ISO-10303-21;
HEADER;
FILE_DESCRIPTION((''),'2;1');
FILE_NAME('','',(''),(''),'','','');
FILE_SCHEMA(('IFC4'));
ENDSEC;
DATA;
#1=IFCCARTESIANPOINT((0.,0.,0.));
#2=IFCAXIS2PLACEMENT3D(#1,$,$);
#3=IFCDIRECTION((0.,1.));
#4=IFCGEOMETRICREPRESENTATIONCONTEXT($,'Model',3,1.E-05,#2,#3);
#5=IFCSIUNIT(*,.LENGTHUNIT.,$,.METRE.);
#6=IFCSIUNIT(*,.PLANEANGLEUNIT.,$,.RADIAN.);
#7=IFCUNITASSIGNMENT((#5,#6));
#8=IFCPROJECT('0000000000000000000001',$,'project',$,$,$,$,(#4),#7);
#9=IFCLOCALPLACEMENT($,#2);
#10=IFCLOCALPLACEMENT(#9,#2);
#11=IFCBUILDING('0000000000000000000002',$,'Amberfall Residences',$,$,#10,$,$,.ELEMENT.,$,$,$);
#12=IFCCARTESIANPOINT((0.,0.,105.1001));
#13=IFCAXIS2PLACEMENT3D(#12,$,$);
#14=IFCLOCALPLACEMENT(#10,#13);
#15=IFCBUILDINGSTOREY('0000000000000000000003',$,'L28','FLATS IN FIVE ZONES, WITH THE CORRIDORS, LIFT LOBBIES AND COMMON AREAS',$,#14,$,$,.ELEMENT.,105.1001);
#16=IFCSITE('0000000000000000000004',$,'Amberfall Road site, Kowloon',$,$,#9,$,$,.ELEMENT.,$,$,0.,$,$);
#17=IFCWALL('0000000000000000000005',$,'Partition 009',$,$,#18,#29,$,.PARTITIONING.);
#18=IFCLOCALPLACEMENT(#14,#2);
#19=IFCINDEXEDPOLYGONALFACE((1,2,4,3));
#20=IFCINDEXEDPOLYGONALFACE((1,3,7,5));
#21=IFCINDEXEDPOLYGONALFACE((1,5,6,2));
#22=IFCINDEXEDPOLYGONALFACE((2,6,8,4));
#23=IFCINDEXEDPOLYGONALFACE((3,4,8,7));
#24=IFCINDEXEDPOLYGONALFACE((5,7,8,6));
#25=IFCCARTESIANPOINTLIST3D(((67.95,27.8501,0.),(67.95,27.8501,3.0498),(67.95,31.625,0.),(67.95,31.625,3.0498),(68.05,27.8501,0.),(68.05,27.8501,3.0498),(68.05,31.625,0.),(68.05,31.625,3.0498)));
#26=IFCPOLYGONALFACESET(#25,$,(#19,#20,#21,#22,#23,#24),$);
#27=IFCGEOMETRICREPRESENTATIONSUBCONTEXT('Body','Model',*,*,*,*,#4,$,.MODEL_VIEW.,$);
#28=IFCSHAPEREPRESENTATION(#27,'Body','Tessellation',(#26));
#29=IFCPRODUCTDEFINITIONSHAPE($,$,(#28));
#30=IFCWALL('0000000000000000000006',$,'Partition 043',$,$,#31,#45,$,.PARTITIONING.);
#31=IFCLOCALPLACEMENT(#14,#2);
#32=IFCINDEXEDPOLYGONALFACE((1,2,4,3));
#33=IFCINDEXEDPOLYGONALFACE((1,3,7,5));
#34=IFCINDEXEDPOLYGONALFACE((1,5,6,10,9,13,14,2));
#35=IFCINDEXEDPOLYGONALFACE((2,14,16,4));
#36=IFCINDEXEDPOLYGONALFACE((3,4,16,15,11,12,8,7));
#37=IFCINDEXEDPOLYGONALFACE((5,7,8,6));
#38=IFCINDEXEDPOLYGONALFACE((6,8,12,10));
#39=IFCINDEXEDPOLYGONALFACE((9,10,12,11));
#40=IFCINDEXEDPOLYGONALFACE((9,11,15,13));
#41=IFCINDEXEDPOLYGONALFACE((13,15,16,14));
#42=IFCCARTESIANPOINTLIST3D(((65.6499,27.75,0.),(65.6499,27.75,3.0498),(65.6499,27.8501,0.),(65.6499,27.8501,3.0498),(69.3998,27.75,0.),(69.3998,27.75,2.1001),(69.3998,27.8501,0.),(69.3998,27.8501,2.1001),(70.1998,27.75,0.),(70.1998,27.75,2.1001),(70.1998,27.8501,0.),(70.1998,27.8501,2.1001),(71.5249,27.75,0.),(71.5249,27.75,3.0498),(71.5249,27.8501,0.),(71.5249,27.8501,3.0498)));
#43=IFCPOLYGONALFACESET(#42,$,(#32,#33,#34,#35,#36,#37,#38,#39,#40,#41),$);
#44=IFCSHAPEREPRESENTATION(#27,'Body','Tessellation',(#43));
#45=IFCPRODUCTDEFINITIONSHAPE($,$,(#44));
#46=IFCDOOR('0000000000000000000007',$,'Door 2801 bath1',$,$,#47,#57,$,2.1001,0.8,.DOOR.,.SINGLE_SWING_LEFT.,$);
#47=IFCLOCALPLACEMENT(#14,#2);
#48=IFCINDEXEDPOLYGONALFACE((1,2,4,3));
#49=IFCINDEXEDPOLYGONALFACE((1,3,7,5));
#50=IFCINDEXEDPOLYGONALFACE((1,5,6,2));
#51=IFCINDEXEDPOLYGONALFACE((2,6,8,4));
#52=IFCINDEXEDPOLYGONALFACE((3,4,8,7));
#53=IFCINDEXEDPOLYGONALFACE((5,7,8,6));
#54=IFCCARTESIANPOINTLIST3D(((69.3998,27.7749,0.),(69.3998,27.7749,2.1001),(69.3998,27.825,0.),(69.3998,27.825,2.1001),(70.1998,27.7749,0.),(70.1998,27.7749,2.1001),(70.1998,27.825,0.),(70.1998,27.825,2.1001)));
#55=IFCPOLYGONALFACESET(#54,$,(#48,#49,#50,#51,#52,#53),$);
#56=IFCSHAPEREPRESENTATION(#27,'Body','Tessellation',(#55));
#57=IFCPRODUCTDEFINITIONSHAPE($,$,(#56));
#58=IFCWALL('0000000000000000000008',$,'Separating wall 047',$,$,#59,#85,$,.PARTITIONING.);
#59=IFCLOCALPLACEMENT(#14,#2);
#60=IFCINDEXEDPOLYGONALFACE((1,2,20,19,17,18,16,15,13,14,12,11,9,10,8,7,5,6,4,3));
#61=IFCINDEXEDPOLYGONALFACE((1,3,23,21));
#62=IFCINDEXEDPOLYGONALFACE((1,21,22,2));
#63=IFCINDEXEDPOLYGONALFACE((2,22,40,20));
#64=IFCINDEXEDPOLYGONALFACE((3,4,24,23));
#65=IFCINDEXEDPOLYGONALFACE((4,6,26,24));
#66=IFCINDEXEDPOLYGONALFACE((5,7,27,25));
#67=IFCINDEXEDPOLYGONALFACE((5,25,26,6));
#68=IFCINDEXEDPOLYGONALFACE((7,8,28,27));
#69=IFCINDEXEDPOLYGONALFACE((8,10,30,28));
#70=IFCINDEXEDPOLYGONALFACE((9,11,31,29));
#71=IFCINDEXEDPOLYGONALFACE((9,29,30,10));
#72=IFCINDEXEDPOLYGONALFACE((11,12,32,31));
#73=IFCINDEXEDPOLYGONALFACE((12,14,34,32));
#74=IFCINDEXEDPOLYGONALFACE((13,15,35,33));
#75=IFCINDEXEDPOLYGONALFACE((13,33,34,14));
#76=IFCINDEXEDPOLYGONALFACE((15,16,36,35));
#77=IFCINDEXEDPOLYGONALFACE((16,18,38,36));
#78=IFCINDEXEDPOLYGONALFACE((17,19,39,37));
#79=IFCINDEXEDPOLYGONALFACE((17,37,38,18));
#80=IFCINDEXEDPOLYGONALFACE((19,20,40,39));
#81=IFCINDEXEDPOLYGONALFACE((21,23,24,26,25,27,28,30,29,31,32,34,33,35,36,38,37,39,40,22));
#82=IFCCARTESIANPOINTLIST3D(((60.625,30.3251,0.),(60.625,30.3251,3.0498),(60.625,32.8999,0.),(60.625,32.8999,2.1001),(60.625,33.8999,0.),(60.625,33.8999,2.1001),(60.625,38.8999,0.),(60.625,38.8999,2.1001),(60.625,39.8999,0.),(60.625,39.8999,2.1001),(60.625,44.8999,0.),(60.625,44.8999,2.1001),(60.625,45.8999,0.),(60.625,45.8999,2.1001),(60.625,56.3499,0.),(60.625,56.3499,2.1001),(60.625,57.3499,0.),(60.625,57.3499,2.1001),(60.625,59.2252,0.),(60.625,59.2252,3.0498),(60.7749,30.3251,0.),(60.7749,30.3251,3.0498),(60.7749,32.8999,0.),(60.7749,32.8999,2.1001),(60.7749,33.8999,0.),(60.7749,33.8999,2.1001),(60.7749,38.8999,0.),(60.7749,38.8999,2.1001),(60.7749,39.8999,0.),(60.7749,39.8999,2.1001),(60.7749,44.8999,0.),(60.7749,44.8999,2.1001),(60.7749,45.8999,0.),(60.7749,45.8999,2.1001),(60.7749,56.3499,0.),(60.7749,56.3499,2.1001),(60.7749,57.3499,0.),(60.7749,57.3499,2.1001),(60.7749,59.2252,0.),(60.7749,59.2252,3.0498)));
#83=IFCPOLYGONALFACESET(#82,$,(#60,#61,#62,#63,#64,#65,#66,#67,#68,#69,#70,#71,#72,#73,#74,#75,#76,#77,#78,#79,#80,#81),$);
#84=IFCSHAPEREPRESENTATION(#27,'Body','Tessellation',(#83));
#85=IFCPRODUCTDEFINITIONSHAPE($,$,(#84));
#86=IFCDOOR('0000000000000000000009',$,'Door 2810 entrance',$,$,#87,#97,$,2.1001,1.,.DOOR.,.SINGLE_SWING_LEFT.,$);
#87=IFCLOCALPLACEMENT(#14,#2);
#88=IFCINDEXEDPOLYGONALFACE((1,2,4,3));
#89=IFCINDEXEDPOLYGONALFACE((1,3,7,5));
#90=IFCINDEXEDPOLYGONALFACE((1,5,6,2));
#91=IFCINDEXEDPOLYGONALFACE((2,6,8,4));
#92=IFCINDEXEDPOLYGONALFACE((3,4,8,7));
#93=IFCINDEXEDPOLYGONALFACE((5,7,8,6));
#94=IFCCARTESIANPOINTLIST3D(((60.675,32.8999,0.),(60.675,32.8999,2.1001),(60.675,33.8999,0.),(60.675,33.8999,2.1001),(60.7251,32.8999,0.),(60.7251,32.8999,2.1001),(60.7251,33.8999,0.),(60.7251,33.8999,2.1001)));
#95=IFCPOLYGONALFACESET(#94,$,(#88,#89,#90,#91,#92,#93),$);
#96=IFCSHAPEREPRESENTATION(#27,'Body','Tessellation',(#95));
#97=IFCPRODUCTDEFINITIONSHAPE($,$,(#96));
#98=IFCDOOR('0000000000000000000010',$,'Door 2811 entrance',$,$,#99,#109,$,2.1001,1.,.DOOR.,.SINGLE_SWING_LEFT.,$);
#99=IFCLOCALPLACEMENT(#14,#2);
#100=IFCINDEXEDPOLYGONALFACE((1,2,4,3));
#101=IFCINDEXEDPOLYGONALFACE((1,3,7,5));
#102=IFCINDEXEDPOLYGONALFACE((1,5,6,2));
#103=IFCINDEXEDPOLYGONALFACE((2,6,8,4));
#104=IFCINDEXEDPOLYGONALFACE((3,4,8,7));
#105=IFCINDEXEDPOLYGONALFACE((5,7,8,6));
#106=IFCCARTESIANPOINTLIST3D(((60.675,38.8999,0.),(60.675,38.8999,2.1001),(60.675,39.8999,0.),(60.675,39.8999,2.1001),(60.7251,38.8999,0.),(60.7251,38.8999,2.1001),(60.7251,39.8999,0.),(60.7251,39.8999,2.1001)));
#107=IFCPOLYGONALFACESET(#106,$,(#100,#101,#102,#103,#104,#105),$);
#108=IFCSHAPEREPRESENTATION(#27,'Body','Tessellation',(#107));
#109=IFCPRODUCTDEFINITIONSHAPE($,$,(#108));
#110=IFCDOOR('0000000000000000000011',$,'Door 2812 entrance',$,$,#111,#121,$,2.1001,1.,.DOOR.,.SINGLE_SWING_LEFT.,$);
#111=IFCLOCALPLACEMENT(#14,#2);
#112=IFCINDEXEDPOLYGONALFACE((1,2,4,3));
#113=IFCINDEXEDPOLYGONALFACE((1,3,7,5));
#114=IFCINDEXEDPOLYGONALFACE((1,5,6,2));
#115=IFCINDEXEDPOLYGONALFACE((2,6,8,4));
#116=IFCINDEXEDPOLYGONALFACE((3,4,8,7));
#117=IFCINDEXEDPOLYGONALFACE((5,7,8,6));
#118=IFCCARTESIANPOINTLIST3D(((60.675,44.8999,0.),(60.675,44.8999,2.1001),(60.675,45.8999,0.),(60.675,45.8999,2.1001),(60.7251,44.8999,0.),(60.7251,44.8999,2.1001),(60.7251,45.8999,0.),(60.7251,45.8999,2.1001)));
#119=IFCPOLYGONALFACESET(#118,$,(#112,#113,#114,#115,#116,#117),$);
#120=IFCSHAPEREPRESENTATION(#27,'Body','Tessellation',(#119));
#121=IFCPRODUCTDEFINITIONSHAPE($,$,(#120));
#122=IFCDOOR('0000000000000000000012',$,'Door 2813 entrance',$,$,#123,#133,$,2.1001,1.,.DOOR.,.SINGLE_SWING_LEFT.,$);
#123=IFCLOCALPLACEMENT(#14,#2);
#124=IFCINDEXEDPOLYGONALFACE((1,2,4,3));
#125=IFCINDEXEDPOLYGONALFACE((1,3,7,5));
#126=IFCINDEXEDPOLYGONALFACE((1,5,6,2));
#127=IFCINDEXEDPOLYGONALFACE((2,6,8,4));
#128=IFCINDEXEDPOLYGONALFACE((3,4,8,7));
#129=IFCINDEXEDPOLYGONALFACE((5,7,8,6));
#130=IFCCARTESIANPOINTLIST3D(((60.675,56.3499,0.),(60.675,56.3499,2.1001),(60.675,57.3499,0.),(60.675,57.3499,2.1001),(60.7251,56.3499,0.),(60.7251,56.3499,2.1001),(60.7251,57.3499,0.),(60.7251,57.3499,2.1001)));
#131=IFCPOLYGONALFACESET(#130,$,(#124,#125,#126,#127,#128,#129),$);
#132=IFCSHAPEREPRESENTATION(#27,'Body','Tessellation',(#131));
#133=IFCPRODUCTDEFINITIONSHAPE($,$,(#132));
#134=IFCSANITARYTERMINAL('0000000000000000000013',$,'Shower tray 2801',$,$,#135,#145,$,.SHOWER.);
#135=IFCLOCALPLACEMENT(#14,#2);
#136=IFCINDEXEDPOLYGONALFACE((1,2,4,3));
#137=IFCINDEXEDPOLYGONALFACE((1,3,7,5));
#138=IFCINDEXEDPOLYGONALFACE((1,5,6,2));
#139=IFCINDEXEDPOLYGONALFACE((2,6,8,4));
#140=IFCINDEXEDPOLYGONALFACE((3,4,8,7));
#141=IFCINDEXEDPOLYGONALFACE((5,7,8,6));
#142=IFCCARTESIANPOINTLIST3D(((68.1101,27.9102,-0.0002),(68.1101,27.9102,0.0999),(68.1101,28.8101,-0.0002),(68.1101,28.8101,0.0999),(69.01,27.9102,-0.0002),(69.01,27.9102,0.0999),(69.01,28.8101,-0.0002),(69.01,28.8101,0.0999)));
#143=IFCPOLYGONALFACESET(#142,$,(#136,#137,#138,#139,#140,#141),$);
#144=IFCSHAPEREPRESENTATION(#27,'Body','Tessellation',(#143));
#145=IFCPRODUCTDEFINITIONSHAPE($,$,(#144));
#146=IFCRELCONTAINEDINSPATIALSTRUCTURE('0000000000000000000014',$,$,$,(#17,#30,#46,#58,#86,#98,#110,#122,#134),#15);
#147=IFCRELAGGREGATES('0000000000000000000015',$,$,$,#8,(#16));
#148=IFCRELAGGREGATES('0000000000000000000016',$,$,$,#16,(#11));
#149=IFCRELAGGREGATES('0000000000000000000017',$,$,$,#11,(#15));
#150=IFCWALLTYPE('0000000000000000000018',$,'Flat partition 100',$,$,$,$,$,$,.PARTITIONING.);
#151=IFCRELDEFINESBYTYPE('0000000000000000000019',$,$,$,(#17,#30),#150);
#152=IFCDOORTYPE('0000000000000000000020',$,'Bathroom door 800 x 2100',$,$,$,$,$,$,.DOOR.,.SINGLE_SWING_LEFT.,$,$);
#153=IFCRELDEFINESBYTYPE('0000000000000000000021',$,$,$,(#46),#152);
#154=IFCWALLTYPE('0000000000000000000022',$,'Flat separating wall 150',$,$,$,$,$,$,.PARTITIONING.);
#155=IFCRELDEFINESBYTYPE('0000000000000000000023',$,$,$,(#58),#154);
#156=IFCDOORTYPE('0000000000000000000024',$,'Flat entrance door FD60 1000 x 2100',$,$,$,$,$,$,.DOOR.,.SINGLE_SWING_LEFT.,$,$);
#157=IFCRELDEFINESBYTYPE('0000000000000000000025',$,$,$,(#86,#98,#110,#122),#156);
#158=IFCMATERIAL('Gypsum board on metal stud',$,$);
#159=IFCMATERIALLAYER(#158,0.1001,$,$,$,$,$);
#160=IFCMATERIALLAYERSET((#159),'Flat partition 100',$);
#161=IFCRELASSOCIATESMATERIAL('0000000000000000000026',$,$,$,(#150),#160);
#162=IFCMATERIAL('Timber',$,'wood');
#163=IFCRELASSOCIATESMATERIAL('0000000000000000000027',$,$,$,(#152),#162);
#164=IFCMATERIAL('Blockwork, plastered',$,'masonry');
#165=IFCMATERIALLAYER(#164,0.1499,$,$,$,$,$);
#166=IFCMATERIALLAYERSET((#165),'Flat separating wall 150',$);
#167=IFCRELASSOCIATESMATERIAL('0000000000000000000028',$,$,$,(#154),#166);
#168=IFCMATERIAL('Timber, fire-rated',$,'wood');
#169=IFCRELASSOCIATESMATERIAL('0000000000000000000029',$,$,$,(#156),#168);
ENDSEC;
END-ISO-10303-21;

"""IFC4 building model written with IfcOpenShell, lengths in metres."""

from ifc_helpers import new_model, si_unit, direction, frame, frame_2d, origin, origin_2d, place, context, subcontext, project, spatial, rectangle, extrude, material, layer, layer_set, type_object, element, fill, save


model = new_model("IFC4")

# Units and contexts
model_context = context("Model", 3, precision=1e-05, world=origin(), true_north=direction((0.0, 1.0)))
body_context = subcontext(model_context, "Body", "Model", "MODEL_VIEW")
ifc_project = project(units=[si_unit("LENGTHUNIT", "METRE"), si_unit("PLANEANGLEUNIT", "RADIAN")], contexts=[model_context])

# Site, building, storey
site_placement = place(None, origin())
site = spatial("IfcSite", under=ifc_project, at=site_placement, Name="Amberfall Road site, Kowloon", CompositionType="ELEMENT", RefElevation=0.0)
building_placement = place(site_placement, origin())
building = spatial("IfcBuilding", under=site, at=building_placement, Name="Amberfall Residences", CompositionType="ELEMENT")
storey_placement = place(building_placement, frame((0.0, 0.0, 105.1001)))
storey = spatial("IfcBuildingStorey", under=building, at=storey_placement, Name="L28", Description="FLATS IN FIVE ZONES, WITH THE CORRIDORS, LIFT LOBBIES AND COMMON AREAS", CompositionType="ELEMENT", Elevation=105.1001)

# Wall
ifc_material_1 = material(Name="Gypsum board on metal stud")
ifc_layer_1 = layer(ifc_material_1, 0.1001)
ifc_layer_set_1 = layer_set([ifc_layer_1], Name="Flat partition 100")
wall_type_1 = type_object("IfcWallType", Name="Flat partition 100", PredefinedType="PARTITIONING", material=ifc_layer_set_1)
wall_1_placement = place(storey_placement, frame((68.0, 27.8501, 0.0), z_axis=(0.0, 0.0, 1.0), x_axis=(0.0, 1.0, 0.0)))
element("IfcWall", 1, at=wall_1_placement, inside=storey, type_object=wall_type_1, Name="Partition 009", PredefinedType="PARTITIONING", context=body_context, shape_type="SweptSolid", body=[
    extrude(rectangle(XDim=3.7749, YDim=0.1001, at=frame_2d((1.8875, 0.0))), origin(), (0.0, 0.0, 1.0), 3.0498),
])

# Wall, opening, door
wall_2_placement = place(storey_placement, frame((65.6499, 27.8, 0.0), z_axis=(0.0, 0.0, 1.0), x_axis=(1.0, 0.0, 0.0)))
wall_2 = element("IfcWall", 2, at=wall_2_placement, inside=storey, type_object=wall_type_1, Name="Partition 043", PredefinedType="PARTITIONING", context=body_context, shape_type="SweptSolid", body=[
    extrude(rectangle(XDim=5.875, YDim=0.1001, at=frame_2d((2.9375, 0.0))), origin(), (0.0, 0.0, 1.0), 3.0498),
])
opening_1_placement = place(wall_2_placement, frame((3.75, 0.0, 0.0)))
opening_1 = element("IfcOpeningElement", 3, at=opening_1_placement, cuts=wall_2, PredefinedType="OPENING", context=body_context, shape_type="SweptSolid", body=[
    extrude(rectangle(XDim=0.8, YDim=2.1001, at=frame_2d((0.3999, 1.05))), frame((0.0, 0.0601, 0.0), z_axis=(0.0, -1.0, 0.0), x_axis=(1.0, 0.0, 0.0)), (0.0, 0.0, 1.0), 0.1201),
])
ifc_material_2 = material(Name="Timber", Category="wood")
door_type_1 = type_object("IfcDoorType", Name="Bathroom door 800 x 2100", OperationType="SINGLE_SWING_LEFT", PredefinedType="DOOR", material=ifc_material_2)
door_1_placement = place(opening_1_placement, origin())
door_1 = element("IfcDoor", 4, at=door_1_placement, inside=storey, type_object=door_type_1, Name="Door 2801 bath1", OperationType="SINGLE_SWING_LEFT", OverallHeight=2.1001, OverallWidth=0.8, PredefinedType="DOOR", context=body_context, shape_type="SweptSolid", body=[
    extrude(rectangle(XDim=0.8, YDim=2.1001, at=frame_2d((0.3999, 1.05))), frame((0.0, 0.0249, 0.0), z_axis=(0.0, -1.0, 0.0), x_axis=(1.0, 0.0, 0.0)), (0.0, 0.0, 1.0), 0.05),
])
fill(opening_1, door_1)

# Wall, openings, doors
ifc_material_3 = material(Name="Blockwork, plastered", Category="masonry")
ifc_layer_2 = layer(ifc_material_3, 0.1499)
ifc_layer_set_2 = layer_set([ifc_layer_2], Name="Flat separating wall 150")
wall_type_2 = type_object("IfcWallType", Name="Flat separating wall 150", PredefinedType="PARTITIONING", material=ifc_layer_set_2)
wall_3_placement = place(storey_placement, frame((60.7, 30.325, 0.0), z_axis=(0.0, 0.0, 1.0), x_axis=(0.0, 1.0, 0.0)))
wall_3 = element("IfcWall", 5, at=wall_3_placement, inside=storey, type_object=wall_type_2, Name="Separating wall 047", PredefinedType="PARTITIONING", context=body_context, shape_type="SweptSolid", body=[
    extrude(rectangle(XDim=28.9001, YDim=0.1499, at=frame_2d((14.4502, 0.0))), origin(), (0.0, 0.0, 1.0), 3.0498),
])
opening_2_placement = place(wall_3_placement, frame((2.575, 0.0, 0.0)))
opening_2 = element("IfcOpeningElement", 6, at=opening_2_placement, cuts=wall_3, PredefinedType="OPENING", context=body_context, shape_type="SweptSolid", body=[
    extrude(rectangle(XDim=1.0, YDim=2.1001, at=frame_2d((0.5, 1.05))), frame((0.0, 0.085, 0.0), z_axis=(0.0, -1.0, 0.0), x_axis=(1.0, 0.0, 0.0)), (0.0, 0.0, 1.0), 0.1699),
])
opening_3_placement = place(wall_3_placement, frame((8.575, 0.0, 0.0)))
opening_3 = element("IfcOpeningElement", 7, at=opening_3_placement, cuts=wall_3, PredefinedType="OPENING", context=body_context, shape_type="SweptSolid", body=[
    extrude(rectangle(XDim=1.0, YDim=2.1001, at=frame_2d((0.5, 1.05))), frame((0.0, 0.085, 0.0), z_axis=(0.0, -1.0, 0.0), x_axis=(1.0, 0.0, 0.0)), (0.0, 0.0, 1.0), 0.1699),
])
opening_4_placement = place(wall_3_placement, frame((14.575, 0.0, 0.0)))
opening_4 = element("IfcOpeningElement", 8, at=opening_4_placement, cuts=wall_3, PredefinedType="OPENING", context=body_context, shape_type="SweptSolid", body=[
    extrude(rectangle(XDim=1.0, YDim=2.1001, at=frame_2d((0.5, 1.05))), frame((0.0, 0.085, 0.0), z_axis=(0.0, -1.0, 0.0), x_axis=(1.0, 0.0, 0.0)), (0.0, 0.0, 1.0), 0.1699),
])
opening_5_placement = place(wall_3_placement, frame((26.0249, 0.0, 0.0)))
opening_5 = element("IfcOpeningElement", 9, at=opening_5_placement, cuts=wall_3, PredefinedType="OPENING", context=body_context, shape_type="SweptSolid", body=[
    extrude(rectangle(XDim=1.0, YDim=2.1001, at=frame_2d((0.5, 1.05))), frame((0.0, 0.085, 0.0), z_axis=(0.0, -1.0, 0.0), x_axis=(1.0, 0.0, 0.0)), (0.0, 0.0, 1.0), 0.1699),
])
ifc_material_4 = material(Name="Timber, fire-rated", Category="wood")
door_type_2 = type_object("IfcDoorType", Name="Flat entrance door FD60 1000 x 2100", OperationType="SINGLE_SWING_LEFT", PredefinedType="DOOR", material=ifc_material_4)
door_2_placement = place(opening_2_placement, origin())
door_2 = element("IfcDoor", 10, at=door_2_placement, inside=storey, type_object=door_type_2, Name="Door 2810 entrance", OperationType="SINGLE_SWING_LEFT", OverallHeight=2.1001, OverallWidth=1.0, PredefinedType="DOOR", context=body_context, shape_type="SweptSolid", body=[
    extrude(rectangle(XDim=1.0, YDim=2.1001, at=frame_2d((0.5, 1.05))), frame((0.0, 0.0249, 0.0), z_axis=(0.0, -1.0, 0.0), x_axis=(1.0, 0.0, 0.0)), (0.0, 0.0, 1.0), 0.05),
])
fill(opening_2, door_2)
door_3_placement = place(opening_3_placement, origin())
door_3 = element("IfcDoor", 11, at=door_3_placement, inside=storey, type_object=door_type_2, Name="Door 2811 entrance", OperationType="SINGLE_SWING_LEFT", OverallHeight=2.1001, OverallWidth=1.0, PredefinedType="DOOR", context=body_context, shape_type="SweptSolid", body=[
    extrude(rectangle(XDim=1.0, YDim=2.1001, at=frame_2d((0.5, 1.05))), frame((0.0, 0.0249, 0.0), z_axis=(0.0, -1.0, 0.0), x_axis=(1.0, 0.0, 0.0)), (0.0, 0.0, 1.0), 0.05),
])
fill(opening_3, door_3)
door_4_placement = place(opening_4_placement, origin())
door_4 = element("IfcDoor", 12, at=door_4_placement, inside=storey, type_object=door_type_2, Name="Door 2812 entrance", OperationType="SINGLE_SWING_LEFT", OverallHeight=2.1001, OverallWidth=1.0, PredefinedType="DOOR", context=body_context, shape_type="SweptSolid", body=[
    extrude(rectangle(XDim=1.0, YDim=2.1001, at=frame_2d((0.5, 1.05))), frame((0.0, 0.0249, 0.0), z_axis=(0.0, -1.0, 0.0), x_axis=(1.0, 0.0, 0.0)), (0.0, 0.0, 1.0), 0.05),
])
fill(opening_4, door_4)
door_5_placement = place(opening_5_placement, origin())
door_5 = element("IfcDoor", 13, at=door_5_placement, inside=storey, type_object=door_type_2, Name="Door 2813 entrance", OperationType="SINGLE_SWING_LEFT", OverallHeight=2.1001, OverallWidth=1.0, PredefinedType="DOOR", context=body_context, shape_type="SweptSolid", body=[
    extrude(rectangle(XDim=1.0, YDim=2.1001, at=frame_2d((0.5, 1.05))), frame((0.0, 0.0249, 0.0), z_axis=(0.0, -1.0, 0.0), x_axis=(1.0, 0.0, 0.0)), (0.0, 0.0, 1.0), 0.05),
])
fill(opening_5, door_5)

# Sanitary terminal
sanitary_terminal_placement = place(storey_placement, frame((68.5601, 28.3601, -0.0002), z_axis=(0.0, 0.0, 1.0), x_axis=(1.0, 0.0, 0.0)))
element("IfcSanitaryTerminal", 14, at=sanitary_terminal_placement, inside=storey, Name="Shower tray 2801", PredefinedType="SHOWER", context=body_context, shape_type="SweptSolid", body=[
    extrude(rectangle(XDim=0.8999, YDim=0.8999, at=origin_2d()), origin(), (0.0, 0.0, 1.0), 0.1001),
])

save(model, "model.ifc")
